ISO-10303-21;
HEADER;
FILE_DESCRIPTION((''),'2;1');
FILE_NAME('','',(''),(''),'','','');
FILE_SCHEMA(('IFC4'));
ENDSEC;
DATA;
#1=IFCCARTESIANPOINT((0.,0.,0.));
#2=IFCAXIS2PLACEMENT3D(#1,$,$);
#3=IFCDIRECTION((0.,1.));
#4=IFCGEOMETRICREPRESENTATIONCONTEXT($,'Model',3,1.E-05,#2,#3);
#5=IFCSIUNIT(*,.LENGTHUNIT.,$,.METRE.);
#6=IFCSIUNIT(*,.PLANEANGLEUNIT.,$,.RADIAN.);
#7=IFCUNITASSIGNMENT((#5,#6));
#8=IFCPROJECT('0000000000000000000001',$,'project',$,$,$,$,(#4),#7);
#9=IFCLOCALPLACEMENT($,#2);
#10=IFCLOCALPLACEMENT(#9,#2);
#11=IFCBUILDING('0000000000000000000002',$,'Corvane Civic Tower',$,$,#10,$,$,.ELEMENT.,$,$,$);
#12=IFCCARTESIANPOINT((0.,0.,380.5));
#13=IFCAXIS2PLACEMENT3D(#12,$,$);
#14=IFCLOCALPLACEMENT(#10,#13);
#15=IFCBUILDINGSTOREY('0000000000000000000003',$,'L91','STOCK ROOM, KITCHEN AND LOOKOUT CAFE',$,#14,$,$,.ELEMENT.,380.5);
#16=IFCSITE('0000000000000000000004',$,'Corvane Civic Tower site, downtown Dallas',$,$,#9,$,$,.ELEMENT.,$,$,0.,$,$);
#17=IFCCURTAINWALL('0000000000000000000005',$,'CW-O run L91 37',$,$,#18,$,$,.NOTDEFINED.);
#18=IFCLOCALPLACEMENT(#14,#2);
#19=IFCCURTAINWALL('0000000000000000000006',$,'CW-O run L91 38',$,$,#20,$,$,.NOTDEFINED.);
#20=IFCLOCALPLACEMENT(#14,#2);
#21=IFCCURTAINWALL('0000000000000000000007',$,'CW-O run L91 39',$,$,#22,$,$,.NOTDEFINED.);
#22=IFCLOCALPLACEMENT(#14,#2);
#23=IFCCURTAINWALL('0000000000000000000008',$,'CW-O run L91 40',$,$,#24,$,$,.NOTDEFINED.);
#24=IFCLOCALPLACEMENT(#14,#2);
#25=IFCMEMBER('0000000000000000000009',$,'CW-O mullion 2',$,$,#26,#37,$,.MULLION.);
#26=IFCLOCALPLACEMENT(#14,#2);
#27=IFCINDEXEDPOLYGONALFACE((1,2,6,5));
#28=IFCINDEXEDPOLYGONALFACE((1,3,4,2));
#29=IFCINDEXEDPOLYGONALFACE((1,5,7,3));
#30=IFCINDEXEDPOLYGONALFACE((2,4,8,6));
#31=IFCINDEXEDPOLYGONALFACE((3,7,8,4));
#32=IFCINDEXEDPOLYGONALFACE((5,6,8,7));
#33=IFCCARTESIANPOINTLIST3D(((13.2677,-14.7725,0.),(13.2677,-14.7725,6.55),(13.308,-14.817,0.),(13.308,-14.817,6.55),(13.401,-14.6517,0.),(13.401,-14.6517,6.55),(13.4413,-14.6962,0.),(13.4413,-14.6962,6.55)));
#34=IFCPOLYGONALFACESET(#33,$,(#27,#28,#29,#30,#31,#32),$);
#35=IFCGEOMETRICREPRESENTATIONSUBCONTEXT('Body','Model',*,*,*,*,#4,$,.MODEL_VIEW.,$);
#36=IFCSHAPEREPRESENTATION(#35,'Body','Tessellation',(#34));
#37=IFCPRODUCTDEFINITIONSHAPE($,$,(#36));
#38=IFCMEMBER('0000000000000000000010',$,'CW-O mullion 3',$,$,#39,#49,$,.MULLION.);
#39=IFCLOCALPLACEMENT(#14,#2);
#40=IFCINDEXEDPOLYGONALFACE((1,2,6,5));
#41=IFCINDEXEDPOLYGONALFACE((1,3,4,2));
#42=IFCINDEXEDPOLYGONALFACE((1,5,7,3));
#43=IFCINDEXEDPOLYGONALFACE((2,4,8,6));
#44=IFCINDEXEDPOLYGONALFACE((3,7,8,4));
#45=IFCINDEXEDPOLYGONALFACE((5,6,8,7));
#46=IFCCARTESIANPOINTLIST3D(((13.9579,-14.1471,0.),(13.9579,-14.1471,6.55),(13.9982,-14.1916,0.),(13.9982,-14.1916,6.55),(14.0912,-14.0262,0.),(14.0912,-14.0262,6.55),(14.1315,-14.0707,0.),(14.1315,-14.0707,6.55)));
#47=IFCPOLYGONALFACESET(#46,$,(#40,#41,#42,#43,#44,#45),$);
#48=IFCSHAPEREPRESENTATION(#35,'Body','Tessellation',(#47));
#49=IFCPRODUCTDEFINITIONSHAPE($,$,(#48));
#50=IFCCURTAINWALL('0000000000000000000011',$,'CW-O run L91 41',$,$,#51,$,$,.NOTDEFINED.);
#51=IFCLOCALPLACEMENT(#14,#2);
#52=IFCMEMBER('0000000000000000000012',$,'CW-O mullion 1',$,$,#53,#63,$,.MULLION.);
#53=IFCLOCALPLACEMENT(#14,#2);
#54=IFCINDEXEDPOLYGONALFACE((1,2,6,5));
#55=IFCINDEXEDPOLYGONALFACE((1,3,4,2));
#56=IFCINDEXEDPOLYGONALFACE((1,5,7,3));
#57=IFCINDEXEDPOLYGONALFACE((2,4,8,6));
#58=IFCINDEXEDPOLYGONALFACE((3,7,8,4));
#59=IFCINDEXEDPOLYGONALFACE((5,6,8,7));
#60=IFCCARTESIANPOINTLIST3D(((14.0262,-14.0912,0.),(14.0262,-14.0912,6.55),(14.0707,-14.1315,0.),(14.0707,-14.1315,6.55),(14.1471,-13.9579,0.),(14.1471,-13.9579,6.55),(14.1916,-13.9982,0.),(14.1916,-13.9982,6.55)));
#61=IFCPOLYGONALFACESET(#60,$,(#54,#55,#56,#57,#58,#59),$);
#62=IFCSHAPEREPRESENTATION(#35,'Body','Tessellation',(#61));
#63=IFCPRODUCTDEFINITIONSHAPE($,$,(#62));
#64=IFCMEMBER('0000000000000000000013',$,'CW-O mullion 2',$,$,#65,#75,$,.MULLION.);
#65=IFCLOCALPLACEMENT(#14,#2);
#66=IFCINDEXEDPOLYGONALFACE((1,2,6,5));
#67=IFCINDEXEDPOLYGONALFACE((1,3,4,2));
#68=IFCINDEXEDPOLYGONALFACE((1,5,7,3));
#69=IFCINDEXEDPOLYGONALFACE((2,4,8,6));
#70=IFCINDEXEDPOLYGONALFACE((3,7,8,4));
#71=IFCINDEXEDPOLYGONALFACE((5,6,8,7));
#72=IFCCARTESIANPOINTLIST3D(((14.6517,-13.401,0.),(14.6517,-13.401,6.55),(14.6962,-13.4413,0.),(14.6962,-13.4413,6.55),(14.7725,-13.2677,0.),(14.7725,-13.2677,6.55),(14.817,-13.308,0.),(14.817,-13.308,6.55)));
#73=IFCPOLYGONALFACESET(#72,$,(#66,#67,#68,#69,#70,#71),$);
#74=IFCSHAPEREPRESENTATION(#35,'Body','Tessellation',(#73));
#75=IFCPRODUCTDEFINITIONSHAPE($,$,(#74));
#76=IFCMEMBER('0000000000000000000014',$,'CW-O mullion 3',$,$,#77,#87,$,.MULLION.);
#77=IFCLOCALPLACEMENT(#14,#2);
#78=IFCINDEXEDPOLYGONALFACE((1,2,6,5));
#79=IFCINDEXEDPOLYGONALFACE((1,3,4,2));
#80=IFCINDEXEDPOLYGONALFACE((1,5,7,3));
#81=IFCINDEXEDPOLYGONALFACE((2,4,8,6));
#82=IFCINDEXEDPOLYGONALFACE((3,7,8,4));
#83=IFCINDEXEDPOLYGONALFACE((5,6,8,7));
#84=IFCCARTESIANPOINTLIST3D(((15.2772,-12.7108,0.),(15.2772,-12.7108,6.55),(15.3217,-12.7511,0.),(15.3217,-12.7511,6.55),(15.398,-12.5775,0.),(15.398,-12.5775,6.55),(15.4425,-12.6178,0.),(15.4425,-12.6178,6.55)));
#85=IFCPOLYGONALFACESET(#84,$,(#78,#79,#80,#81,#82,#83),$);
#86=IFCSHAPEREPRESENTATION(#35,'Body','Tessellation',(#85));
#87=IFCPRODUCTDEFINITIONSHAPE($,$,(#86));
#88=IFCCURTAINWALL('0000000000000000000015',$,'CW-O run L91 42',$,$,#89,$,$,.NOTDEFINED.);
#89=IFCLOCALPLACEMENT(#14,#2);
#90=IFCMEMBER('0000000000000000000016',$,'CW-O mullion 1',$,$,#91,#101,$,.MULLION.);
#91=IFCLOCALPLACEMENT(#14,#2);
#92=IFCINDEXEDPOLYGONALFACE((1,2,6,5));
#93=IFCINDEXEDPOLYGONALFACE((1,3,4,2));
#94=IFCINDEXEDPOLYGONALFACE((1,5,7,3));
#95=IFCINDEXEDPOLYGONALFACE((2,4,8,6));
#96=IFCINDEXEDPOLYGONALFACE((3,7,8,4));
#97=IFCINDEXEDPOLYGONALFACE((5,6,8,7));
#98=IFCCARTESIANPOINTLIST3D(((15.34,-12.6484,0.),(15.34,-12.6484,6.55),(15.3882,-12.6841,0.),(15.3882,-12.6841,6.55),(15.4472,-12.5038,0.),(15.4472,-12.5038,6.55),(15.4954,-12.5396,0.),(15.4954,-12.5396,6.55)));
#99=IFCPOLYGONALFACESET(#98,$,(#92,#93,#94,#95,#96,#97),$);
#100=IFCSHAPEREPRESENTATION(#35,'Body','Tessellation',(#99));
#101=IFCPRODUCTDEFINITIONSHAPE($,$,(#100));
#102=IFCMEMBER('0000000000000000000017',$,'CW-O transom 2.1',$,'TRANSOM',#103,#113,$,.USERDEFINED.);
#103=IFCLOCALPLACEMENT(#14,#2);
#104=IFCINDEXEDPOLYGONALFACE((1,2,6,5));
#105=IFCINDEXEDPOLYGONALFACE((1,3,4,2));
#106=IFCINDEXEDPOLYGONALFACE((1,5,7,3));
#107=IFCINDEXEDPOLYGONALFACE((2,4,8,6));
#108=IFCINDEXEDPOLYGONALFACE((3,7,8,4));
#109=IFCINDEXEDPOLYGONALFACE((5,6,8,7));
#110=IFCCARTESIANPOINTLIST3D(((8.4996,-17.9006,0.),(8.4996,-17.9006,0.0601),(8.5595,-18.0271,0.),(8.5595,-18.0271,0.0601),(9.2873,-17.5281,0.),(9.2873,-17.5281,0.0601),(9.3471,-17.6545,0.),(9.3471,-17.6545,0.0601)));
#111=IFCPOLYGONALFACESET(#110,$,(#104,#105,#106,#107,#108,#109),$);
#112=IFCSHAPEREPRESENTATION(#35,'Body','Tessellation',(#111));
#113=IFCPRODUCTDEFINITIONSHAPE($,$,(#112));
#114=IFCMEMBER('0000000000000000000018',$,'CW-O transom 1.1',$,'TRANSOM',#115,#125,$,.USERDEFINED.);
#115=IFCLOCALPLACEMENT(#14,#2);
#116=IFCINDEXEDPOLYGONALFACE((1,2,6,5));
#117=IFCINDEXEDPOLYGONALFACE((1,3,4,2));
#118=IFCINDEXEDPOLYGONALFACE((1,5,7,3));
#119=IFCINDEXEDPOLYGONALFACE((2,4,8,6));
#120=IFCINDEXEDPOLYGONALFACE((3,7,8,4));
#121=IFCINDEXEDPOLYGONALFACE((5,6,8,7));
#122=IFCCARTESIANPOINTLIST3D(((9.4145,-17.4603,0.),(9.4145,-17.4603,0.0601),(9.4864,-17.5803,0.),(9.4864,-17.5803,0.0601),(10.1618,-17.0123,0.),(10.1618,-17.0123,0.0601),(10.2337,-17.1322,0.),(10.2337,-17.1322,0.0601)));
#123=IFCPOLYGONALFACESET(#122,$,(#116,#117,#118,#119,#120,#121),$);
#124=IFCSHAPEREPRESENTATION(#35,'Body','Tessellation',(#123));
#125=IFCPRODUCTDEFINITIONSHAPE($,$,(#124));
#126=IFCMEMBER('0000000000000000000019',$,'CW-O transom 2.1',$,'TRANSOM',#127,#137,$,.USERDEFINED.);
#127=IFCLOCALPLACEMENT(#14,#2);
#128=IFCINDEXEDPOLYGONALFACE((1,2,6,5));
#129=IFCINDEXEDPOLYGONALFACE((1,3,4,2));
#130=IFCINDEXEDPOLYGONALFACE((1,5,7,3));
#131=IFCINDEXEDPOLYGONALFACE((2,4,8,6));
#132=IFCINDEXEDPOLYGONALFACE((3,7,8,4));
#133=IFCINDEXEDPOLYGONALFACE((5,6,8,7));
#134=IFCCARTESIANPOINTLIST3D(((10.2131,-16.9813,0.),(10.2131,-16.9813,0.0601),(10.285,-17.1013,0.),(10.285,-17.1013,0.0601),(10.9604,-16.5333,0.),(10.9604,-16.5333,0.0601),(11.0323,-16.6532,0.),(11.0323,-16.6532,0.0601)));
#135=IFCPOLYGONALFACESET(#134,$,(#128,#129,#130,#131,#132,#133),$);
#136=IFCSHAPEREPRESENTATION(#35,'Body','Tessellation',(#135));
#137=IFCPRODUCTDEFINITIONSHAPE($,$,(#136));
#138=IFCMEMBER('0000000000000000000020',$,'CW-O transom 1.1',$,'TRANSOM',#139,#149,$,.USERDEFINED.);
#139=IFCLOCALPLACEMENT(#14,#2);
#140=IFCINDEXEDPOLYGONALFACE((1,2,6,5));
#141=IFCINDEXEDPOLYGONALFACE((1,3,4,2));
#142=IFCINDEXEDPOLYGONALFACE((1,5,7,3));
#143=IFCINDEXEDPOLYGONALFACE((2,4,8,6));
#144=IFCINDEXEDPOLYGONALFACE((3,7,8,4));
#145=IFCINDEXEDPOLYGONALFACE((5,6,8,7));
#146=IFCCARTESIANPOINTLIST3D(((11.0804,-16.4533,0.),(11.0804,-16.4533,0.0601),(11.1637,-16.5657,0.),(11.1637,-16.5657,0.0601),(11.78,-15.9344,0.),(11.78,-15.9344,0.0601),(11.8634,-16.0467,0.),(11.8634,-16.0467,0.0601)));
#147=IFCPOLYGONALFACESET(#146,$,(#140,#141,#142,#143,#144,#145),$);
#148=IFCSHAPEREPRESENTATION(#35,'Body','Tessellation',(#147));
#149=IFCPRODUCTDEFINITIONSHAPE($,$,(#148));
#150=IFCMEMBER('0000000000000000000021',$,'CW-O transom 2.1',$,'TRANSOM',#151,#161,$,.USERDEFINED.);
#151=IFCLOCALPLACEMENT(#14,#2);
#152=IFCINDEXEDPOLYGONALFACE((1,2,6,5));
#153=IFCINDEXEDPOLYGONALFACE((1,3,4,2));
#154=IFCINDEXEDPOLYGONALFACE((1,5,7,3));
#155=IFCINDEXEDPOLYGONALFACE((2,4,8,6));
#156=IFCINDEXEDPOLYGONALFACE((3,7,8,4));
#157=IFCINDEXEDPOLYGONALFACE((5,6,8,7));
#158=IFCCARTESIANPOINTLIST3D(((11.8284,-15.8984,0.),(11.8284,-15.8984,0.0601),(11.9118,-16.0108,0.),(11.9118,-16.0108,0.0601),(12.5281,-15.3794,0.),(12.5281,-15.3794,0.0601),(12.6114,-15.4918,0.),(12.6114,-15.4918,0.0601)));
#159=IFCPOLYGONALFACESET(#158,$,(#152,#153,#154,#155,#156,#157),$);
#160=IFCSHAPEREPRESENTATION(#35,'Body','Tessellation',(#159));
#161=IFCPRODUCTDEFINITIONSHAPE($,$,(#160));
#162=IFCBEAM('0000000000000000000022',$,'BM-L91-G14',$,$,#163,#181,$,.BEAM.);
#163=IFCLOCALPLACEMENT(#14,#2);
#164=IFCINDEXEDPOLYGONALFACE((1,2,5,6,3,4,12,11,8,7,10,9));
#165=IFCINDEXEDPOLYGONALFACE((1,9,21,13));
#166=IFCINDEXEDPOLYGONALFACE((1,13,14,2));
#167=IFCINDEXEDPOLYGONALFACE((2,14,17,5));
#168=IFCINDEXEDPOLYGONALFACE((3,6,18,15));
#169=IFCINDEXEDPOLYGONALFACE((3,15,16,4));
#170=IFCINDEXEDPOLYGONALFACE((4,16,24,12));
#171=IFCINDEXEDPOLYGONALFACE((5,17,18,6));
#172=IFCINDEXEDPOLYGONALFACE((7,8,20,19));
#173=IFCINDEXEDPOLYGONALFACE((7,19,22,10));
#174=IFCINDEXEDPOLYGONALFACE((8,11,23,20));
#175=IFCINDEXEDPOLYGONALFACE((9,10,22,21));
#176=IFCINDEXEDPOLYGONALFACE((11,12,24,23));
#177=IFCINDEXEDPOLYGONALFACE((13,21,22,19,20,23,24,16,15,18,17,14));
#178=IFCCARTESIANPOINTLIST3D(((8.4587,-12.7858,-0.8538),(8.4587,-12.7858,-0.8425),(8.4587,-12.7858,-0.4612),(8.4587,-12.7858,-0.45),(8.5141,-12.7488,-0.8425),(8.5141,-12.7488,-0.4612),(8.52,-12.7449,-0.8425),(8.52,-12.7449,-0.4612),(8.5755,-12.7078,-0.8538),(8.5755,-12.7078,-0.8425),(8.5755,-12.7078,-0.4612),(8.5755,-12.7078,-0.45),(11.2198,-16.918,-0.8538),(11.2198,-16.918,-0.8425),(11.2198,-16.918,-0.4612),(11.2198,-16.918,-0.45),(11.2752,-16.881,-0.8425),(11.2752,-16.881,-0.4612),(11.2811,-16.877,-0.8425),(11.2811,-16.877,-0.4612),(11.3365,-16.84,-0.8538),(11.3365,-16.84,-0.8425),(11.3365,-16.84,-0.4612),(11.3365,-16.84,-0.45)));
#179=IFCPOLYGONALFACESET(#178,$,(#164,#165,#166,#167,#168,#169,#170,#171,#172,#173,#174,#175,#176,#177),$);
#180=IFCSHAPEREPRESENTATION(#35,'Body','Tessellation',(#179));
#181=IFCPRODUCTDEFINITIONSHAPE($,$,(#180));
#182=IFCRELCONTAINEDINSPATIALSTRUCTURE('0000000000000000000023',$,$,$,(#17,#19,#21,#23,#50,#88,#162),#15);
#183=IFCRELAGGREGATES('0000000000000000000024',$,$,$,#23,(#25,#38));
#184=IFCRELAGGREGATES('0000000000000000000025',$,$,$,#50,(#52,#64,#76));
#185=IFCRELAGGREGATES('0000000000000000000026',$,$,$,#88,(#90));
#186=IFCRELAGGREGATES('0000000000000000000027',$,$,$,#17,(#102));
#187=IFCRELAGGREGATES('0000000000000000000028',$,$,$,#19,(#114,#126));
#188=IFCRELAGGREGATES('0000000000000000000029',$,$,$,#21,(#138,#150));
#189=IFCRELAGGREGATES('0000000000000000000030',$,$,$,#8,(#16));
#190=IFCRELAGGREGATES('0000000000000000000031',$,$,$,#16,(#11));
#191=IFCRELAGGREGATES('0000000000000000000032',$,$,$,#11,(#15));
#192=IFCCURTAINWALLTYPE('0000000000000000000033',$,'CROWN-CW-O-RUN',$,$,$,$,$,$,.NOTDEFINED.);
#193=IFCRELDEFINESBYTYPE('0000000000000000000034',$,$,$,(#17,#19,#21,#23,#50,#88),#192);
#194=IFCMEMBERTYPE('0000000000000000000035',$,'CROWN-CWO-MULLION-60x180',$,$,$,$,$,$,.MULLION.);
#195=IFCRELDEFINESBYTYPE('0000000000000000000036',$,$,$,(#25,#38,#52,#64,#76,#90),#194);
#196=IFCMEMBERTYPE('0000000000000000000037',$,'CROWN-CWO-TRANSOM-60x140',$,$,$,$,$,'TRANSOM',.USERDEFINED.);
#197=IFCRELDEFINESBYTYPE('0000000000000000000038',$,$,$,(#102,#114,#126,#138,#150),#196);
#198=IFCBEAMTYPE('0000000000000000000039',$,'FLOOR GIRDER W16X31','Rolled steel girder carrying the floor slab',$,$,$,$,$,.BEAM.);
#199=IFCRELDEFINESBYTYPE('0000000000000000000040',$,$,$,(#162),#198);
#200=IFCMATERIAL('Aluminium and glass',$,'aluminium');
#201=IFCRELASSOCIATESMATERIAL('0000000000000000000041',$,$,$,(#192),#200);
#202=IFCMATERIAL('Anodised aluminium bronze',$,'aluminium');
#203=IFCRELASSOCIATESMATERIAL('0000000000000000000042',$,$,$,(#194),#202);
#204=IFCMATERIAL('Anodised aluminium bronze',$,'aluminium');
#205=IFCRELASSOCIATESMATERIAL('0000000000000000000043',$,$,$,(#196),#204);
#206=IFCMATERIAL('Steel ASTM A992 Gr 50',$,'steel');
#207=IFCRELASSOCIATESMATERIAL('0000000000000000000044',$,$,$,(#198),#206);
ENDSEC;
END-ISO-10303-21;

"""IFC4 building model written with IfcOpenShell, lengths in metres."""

from ifc_helpers import new_model, si_unit, direction, frame, origin, origin_2d, place, context, subcontext, project, spatial, rectangle, i_section, extrude, material, material_profile, profile_set, type_object, element, aggregate, save


model = new_model("IFC4")

# Units and contexts
model_context = context("Model", 3, precision=1e-05, world=origin(), true_north=direction((0.0, 1.0)))
body_context = subcontext(model_context, "Body", "Model", "MODEL_VIEW")
ifc_project = project(units=[si_unit("LENGTHUNIT", "METRE"), si_unit("PLANEANGLEUNIT", "RADIAN")], contexts=[model_context])

# Site, building, storey
site_placement = place(None, origin())
site = spatial("IfcSite", under=ifc_project, at=site_placement, Name="Corvane Civic Tower site, downtown Dallas", CompositionType="ELEMENT", RefElevation=0.0)
building_placement = place(site_placement, origin())
building = spatial("IfcBuilding", under=site, at=building_placement, Name="Corvane Civic Tower", CompositionType="ELEMENT")
storey_placement = place(building_placement, frame((0.0, 0.0, 380.5)))
storey = spatial("IfcBuildingStorey", under=building, at=storey_placement, Name="L91", Description="STOCK ROOM, KITCHEN AND LOOKOUT CAFE", CompositionType="ELEMENT", Elevation=380.5)

# Curtain wall
ifc_material_1 = material(Name="Aluminium and glass", Category="aluminium")
curtain_wall_type = type_object("IfcCurtainWallType", Name="CROWN-CW-O-RUN", PredefinedType="NOTDEFINED", material=ifc_material_1)
curtain_wall_1_placement = place(storey_placement, origin())
curtain_wall_1 = element("IfcCurtainWall", 1, at=curtain_wall_1_placement, inside=storey, type_object=curtain_wall_type, Name="CW-O run L91 37", PredefinedType="NOTDEFINED")
ifc_material_2 = material(Name="Anodised aluminium bronze", Category="aluminium")
ifc_material_profile_1 = material_profile(ifc_material_2, rectangle(XDim=0.0601, YDim=0.1799, at=origin_2d()), Name="AL 60x180")
ifc_profile_set_1 = profile_set([ifc_material_profile_1], Name="Anodised aluminium bronze")
member_type_1 = type_object("IfcMemberType", Name="CROWN-CWO-MULLION-60x180", PredefinedType="MULLION", material=ifc_profile_set_1)

# Curtain walls, members
curtain_wall_2_placement = place(storey_placement, origin())
curtain_wall_2 = element("IfcCurtainWall", 2, at=curtain_wall_2_placement, inside=storey, type_object=curtain_wall_type, Name="CW-O run L91 38", PredefinedType="NOTDEFINED")
curtain_wall_3_placement = place(storey_placement, origin())
curtain_wall_3 = element("IfcCurtainWall", 3, at=curtain_wall_3_placement, inside=storey, type_object=curtain_wall_type, Name="CW-O run L91 39", PredefinedType="NOTDEFINED")
curtain_wall_4_placement = place(storey_placement, origin())
curtain_wall_4 = element("IfcCurtainWall", 4, at=curtain_wall_4_placement, inside=storey, type_object=curtain_wall_type, Name="CW-O run L91 40", PredefinedType="NOTDEFINED")
member_1_placement = place(storey_placement, frame((13.3545, -14.7344, 0.0), z_axis=(0.0, 0.0, 1.0), x_axis=(-0.671567, 0.740944, 0.0)))
member_1 = element("IfcMember", 5, at=member_1_placement, type_object=member_type_1, Name="CW-O mullion 2", PredefinedType="MULLION", context=body_context, shape_type="SweptSolid", body=[
    extrude(rectangle(XDim=0.0601, YDim=0.1799, at=origin_2d()), origin(), (0.0, 0.0, 1.0), 6.55),
])
member_2_placement = place(storey_placement, frame((14.0447, -14.1089, 0.0), z_axis=(0.0, 0.0, 1.0), x_axis=(-0.671567, 0.740944, 0.0)))
member_2 = element("IfcMember", 6, at=member_2_placement, type_object=member_type_1, Name="CW-O mullion 3", PredefinedType="MULLION", context=body_context, shape_type="SweptSolid", body=[
    extrude(rectangle(XDim=0.0601, YDim=0.1799, at=origin_2d()), origin(), (0.0, 0.0, 1.0), 6.55),
])
aggregate(curtain_wall_4, [member_1, member_2])
curtain_wall_5_placement = place(storey_placement, origin())
curtain_wall_5 = element("IfcCurtainWall", 7, at=curtain_wall_5_placement, inside=storey, type_object=curtain_wall_type, Name="CW-O run L91 41", PredefinedType="NOTDEFINED")
member_3_placement = place(storey_placement, frame((14.1089, -14.0447, 0.0), z_axis=(0.0, 0.0, 1.0), x_axis=(-0.740944, 0.671567, 0.0)))
member_3 = element("IfcMember", 8, at=member_3_placement, type_object=member_type_1, Name="CW-O mullion 1", PredefinedType="MULLION", context=body_context, shape_type="SweptSolid", body=[
    extrude(rectangle(XDim=0.0601, YDim=0.1799, at=origin_2d()), origin(), (0.0, 0.0, 1.0), 6.55),
])
member_4_placement = place(storey_placement, frame((14.7344, -13.3545, 0.0), z_axis=(0.0, 0.0, 1.0), x_axis=(-0.740944, 0.671567, 0.0)))
member_4 = element("IfcMember", 9, at=member_4_placement, type_object=member_type_1, Name="CW-O mullion 2", PredefinedType="MULLION", context=body_context, shape_type="SweptSolid", body=[
    extrude(rectangle(XDim=0.0601, YDim=0.1799, at=origin_2d()), origin(), (0.0, 0.0, 1.0), 6.55),
])
member_5_placement = place(storey_placement, frame((15.3599, -12.6643, 0.0), z_axis=(0.0, 0.0, 1.0), x_axis=(-0.740944, 0.671567, 0.0)))
member_5 = element("IfcMember", 10, at=member_5_placement, type_object=member_type_1, Name="CW-O mullion 3", PredefinedType="MULLION", context=body_context, shape_type="SweptSolid", body=[
    extrude(rectangle(XDim=0.0601, YDim=0.1799, at=origin_2d()), origin(), (0.0, 0.0, 1.0), 6.55),
])
aggregate(curtain_wall_5, [member_3, member_4, member_5])

# Curtain wall, member
curtain_wall_6_placement = place(storey_placement, origin())
curtain_wall_6 = element("IfcCurtainWall", 11, at=curtain_wall_6_placement, inside=storey, type_object=curtain_wall_type, Name="CW-O run L91 42", PredefinedType="NOTDEFINED")
member_6_placement = place(storey_placement, frame((15.4177, -12.594, 0.0), z_axis=(0.0, 0.0, 1.0), x_axis=(-0.80319, 0.595722, 0.0)))
member_6 = element("IfcMember", 12, at=member_6_placement, type_object=member_type_1, Name="CW-O mullion 1", PredefinedType="MULLION", context=body_context, shape_type="SweptSolid", body=[
    extrude(rectangle(XDim=0.0601, YDim=0.1799, at=origin_2d()), origin(), (0.0, 0.0, 1.0), 6.55),
])
aggregate(curtain_wall_6, [member_6])

# Members
ifc_material_3 = material(Name="Anodised aluminium bronze", Category="aluminium")
ifc_material_profile_2 = material_profile(ifc_material_3, rectangle(XDim=0.1399, YDim=0.0601, at=origin_2d()), Name="AL 140x60")
ifc_profile_set_2 = profile_set([ifc_material_profile_2], Name="Anodised aluminium bronze")
member_type_2 = type_object("IfcMemberType", Name="CROWN-CWO-TRANSOM-60x140", ElementType="TRANSOM", PredefinedType="USERDEFINED", material=ifc_profile_set_2)
member_7_placement = place(storey_placement, frame((8.5295, -17.9639, 0.03), z_axis=(0.903966, 0.427604, 0.0), x_axis=(-0.427604, 0.903966, 0.0)))
member_7 = element("IfcMember", 13, at=member_7_placement, type_object=member_type_2, Name="CW-O transom 2.1", ObjectType="TRANSOM", PredefinedType="USERDEFINED", context=body_context, shape_type="SweptSolid", body=[
    extrude(rectangle(XDim=0.1399, YDim=0.0601, at=origin_2d()), origin(), (0.0, 0.0, 1.0), 0.8713),
])
aggregate(curtain_wall_1, [member_7])
member_8_placement = place(storey_placement, frame((9.4504, -17.5203, 0.03), z_axis=(0.857691, 0.514166, 0.0), x_axis=(-0.514166, 0.857691, 0.0)))
member_8 = element("IfcMember", 14, at=member_8_placement, type_object=member_type_2, Name="CW-O transom 1.1", ObjectType="TRANSOM", PredefinedType="USERDEFINED", context=body_context, shape_type="SweptSolid", body=[
    extrude(rectangle(XDim=0.1399, YDim=0.0601, at=origin_2d()), origin(), (0.0, 0.0, 1.0), 0.8713),
])
member_9_placement = place(storey_placement, frame((10.249, -17.0413, 0.03), z_axis=(0.857691, 0.514166, 0.0), x_axis=(-0.514166, 0.857691, 0.0)))
member_9 = element("IfcMember", 15, at=member_9_placement, type_object=member_type_2, Name="CW-O transom 2.1", ObjectType="TRANSOM", PredefinedType="USERDEFINED", context=body_context, shape_type="SweptSolid", body=[
    extrude(rectangle(XDim=0.1399, YDim=0.0601, at=origin_2d()), origin(), (0.0, 0.0, 1.0), 0.8713),
])
aggregate(curtain_wall_2, [member_8, member_9])
member_10_placement = place(storey_placement, frame((11.1221, -16.5095, 0.03), z_axis=(0.80315, 0.595777, 0.0), x_axis=(-0.595777, 0.80315, 0.0)))
member_10 = element("IfcMember", 16, at=member_10_placement, type_object=member_type_2, Name="CW-O transom 1.1", ObjectType="TRANSOM", PredefinedType="USERDEFINED", context=body_context, shape_type="SweptSolid", body=[
    extrude(rectangle(XDim=0.1399, YDim=0.0601, at=origin_2d()), origin(), (0.0, 0.0, 1.0), 0.8711),
])
member_11_placement = place(storey_placement, frame((11.8701, -15.9546, 0.03), z_axis=(0.80315, 0.595777, 0.0), x_axis=(-0.595777, 0.80315, 0.0)))
member_11 = element("IfcMember", 17, at=member_11_placement, type_object=member_type_2, Name="CW-O transom 2.1", ObjectType="TRANSOM", PredefinedType="USERDEFINED", context=body_context, shape_type="SweptSolid", body=[
    extrude(rectangle(XDim=0.1399, YDim=0.0601, at=origin_2d()), origin(), (0.0, 0.0, 1.0), 0.8711),
])
aggregate(curtain_wall_3, [member_10, member_11])

# Beam
ifc_material_4 = material(Name="Steel ASTM A992 Gr 50", Category="steel")
ifc_material_profile_3 = material_profile(ifc_material_4, i_section(OverallWidth=0.1404, OverallDepth=0.4038, WebThickness=0.0071, FlangeThickness=0.0112, at=origin_2d()), Name="W16X31")
ifc_profile_set_3 = profile_set([ifc_material_profile_3], Name="Steel ASTM A992 Gr 50")
beam_type = type_object("IfcBeamType", Name="FLOOR GIRDER W16X31", Description="Rolled steel girder carrying the floor slab", PredefinedType="BEAM", material=ifc_profile_set_3)
beam_placement = place(storey_placement, frame((8.5171, -12.7468, -0.6519), z_axis=(0.555573, -0.831468, 0.0), x_axis=(0.831468, 0.555573, 0.0)))
element("IfcBeam", 18, at=beam_placement, inside=storey, type_object=beam_type, Name="BM-L91-G14", PredefinedType="BEAM", context=body_context, shape_type="SweptSolid", body=[
    extrude(i_section(OverallWidth=0.1404, OverallDepth=0.4038, WebThickness=0.0071, FlangeThickness=0.0112, at=origin_2d()), origin(), (0.0, 0.0, 1.0), 4.9697),
])

save(model, "model.ifc")
